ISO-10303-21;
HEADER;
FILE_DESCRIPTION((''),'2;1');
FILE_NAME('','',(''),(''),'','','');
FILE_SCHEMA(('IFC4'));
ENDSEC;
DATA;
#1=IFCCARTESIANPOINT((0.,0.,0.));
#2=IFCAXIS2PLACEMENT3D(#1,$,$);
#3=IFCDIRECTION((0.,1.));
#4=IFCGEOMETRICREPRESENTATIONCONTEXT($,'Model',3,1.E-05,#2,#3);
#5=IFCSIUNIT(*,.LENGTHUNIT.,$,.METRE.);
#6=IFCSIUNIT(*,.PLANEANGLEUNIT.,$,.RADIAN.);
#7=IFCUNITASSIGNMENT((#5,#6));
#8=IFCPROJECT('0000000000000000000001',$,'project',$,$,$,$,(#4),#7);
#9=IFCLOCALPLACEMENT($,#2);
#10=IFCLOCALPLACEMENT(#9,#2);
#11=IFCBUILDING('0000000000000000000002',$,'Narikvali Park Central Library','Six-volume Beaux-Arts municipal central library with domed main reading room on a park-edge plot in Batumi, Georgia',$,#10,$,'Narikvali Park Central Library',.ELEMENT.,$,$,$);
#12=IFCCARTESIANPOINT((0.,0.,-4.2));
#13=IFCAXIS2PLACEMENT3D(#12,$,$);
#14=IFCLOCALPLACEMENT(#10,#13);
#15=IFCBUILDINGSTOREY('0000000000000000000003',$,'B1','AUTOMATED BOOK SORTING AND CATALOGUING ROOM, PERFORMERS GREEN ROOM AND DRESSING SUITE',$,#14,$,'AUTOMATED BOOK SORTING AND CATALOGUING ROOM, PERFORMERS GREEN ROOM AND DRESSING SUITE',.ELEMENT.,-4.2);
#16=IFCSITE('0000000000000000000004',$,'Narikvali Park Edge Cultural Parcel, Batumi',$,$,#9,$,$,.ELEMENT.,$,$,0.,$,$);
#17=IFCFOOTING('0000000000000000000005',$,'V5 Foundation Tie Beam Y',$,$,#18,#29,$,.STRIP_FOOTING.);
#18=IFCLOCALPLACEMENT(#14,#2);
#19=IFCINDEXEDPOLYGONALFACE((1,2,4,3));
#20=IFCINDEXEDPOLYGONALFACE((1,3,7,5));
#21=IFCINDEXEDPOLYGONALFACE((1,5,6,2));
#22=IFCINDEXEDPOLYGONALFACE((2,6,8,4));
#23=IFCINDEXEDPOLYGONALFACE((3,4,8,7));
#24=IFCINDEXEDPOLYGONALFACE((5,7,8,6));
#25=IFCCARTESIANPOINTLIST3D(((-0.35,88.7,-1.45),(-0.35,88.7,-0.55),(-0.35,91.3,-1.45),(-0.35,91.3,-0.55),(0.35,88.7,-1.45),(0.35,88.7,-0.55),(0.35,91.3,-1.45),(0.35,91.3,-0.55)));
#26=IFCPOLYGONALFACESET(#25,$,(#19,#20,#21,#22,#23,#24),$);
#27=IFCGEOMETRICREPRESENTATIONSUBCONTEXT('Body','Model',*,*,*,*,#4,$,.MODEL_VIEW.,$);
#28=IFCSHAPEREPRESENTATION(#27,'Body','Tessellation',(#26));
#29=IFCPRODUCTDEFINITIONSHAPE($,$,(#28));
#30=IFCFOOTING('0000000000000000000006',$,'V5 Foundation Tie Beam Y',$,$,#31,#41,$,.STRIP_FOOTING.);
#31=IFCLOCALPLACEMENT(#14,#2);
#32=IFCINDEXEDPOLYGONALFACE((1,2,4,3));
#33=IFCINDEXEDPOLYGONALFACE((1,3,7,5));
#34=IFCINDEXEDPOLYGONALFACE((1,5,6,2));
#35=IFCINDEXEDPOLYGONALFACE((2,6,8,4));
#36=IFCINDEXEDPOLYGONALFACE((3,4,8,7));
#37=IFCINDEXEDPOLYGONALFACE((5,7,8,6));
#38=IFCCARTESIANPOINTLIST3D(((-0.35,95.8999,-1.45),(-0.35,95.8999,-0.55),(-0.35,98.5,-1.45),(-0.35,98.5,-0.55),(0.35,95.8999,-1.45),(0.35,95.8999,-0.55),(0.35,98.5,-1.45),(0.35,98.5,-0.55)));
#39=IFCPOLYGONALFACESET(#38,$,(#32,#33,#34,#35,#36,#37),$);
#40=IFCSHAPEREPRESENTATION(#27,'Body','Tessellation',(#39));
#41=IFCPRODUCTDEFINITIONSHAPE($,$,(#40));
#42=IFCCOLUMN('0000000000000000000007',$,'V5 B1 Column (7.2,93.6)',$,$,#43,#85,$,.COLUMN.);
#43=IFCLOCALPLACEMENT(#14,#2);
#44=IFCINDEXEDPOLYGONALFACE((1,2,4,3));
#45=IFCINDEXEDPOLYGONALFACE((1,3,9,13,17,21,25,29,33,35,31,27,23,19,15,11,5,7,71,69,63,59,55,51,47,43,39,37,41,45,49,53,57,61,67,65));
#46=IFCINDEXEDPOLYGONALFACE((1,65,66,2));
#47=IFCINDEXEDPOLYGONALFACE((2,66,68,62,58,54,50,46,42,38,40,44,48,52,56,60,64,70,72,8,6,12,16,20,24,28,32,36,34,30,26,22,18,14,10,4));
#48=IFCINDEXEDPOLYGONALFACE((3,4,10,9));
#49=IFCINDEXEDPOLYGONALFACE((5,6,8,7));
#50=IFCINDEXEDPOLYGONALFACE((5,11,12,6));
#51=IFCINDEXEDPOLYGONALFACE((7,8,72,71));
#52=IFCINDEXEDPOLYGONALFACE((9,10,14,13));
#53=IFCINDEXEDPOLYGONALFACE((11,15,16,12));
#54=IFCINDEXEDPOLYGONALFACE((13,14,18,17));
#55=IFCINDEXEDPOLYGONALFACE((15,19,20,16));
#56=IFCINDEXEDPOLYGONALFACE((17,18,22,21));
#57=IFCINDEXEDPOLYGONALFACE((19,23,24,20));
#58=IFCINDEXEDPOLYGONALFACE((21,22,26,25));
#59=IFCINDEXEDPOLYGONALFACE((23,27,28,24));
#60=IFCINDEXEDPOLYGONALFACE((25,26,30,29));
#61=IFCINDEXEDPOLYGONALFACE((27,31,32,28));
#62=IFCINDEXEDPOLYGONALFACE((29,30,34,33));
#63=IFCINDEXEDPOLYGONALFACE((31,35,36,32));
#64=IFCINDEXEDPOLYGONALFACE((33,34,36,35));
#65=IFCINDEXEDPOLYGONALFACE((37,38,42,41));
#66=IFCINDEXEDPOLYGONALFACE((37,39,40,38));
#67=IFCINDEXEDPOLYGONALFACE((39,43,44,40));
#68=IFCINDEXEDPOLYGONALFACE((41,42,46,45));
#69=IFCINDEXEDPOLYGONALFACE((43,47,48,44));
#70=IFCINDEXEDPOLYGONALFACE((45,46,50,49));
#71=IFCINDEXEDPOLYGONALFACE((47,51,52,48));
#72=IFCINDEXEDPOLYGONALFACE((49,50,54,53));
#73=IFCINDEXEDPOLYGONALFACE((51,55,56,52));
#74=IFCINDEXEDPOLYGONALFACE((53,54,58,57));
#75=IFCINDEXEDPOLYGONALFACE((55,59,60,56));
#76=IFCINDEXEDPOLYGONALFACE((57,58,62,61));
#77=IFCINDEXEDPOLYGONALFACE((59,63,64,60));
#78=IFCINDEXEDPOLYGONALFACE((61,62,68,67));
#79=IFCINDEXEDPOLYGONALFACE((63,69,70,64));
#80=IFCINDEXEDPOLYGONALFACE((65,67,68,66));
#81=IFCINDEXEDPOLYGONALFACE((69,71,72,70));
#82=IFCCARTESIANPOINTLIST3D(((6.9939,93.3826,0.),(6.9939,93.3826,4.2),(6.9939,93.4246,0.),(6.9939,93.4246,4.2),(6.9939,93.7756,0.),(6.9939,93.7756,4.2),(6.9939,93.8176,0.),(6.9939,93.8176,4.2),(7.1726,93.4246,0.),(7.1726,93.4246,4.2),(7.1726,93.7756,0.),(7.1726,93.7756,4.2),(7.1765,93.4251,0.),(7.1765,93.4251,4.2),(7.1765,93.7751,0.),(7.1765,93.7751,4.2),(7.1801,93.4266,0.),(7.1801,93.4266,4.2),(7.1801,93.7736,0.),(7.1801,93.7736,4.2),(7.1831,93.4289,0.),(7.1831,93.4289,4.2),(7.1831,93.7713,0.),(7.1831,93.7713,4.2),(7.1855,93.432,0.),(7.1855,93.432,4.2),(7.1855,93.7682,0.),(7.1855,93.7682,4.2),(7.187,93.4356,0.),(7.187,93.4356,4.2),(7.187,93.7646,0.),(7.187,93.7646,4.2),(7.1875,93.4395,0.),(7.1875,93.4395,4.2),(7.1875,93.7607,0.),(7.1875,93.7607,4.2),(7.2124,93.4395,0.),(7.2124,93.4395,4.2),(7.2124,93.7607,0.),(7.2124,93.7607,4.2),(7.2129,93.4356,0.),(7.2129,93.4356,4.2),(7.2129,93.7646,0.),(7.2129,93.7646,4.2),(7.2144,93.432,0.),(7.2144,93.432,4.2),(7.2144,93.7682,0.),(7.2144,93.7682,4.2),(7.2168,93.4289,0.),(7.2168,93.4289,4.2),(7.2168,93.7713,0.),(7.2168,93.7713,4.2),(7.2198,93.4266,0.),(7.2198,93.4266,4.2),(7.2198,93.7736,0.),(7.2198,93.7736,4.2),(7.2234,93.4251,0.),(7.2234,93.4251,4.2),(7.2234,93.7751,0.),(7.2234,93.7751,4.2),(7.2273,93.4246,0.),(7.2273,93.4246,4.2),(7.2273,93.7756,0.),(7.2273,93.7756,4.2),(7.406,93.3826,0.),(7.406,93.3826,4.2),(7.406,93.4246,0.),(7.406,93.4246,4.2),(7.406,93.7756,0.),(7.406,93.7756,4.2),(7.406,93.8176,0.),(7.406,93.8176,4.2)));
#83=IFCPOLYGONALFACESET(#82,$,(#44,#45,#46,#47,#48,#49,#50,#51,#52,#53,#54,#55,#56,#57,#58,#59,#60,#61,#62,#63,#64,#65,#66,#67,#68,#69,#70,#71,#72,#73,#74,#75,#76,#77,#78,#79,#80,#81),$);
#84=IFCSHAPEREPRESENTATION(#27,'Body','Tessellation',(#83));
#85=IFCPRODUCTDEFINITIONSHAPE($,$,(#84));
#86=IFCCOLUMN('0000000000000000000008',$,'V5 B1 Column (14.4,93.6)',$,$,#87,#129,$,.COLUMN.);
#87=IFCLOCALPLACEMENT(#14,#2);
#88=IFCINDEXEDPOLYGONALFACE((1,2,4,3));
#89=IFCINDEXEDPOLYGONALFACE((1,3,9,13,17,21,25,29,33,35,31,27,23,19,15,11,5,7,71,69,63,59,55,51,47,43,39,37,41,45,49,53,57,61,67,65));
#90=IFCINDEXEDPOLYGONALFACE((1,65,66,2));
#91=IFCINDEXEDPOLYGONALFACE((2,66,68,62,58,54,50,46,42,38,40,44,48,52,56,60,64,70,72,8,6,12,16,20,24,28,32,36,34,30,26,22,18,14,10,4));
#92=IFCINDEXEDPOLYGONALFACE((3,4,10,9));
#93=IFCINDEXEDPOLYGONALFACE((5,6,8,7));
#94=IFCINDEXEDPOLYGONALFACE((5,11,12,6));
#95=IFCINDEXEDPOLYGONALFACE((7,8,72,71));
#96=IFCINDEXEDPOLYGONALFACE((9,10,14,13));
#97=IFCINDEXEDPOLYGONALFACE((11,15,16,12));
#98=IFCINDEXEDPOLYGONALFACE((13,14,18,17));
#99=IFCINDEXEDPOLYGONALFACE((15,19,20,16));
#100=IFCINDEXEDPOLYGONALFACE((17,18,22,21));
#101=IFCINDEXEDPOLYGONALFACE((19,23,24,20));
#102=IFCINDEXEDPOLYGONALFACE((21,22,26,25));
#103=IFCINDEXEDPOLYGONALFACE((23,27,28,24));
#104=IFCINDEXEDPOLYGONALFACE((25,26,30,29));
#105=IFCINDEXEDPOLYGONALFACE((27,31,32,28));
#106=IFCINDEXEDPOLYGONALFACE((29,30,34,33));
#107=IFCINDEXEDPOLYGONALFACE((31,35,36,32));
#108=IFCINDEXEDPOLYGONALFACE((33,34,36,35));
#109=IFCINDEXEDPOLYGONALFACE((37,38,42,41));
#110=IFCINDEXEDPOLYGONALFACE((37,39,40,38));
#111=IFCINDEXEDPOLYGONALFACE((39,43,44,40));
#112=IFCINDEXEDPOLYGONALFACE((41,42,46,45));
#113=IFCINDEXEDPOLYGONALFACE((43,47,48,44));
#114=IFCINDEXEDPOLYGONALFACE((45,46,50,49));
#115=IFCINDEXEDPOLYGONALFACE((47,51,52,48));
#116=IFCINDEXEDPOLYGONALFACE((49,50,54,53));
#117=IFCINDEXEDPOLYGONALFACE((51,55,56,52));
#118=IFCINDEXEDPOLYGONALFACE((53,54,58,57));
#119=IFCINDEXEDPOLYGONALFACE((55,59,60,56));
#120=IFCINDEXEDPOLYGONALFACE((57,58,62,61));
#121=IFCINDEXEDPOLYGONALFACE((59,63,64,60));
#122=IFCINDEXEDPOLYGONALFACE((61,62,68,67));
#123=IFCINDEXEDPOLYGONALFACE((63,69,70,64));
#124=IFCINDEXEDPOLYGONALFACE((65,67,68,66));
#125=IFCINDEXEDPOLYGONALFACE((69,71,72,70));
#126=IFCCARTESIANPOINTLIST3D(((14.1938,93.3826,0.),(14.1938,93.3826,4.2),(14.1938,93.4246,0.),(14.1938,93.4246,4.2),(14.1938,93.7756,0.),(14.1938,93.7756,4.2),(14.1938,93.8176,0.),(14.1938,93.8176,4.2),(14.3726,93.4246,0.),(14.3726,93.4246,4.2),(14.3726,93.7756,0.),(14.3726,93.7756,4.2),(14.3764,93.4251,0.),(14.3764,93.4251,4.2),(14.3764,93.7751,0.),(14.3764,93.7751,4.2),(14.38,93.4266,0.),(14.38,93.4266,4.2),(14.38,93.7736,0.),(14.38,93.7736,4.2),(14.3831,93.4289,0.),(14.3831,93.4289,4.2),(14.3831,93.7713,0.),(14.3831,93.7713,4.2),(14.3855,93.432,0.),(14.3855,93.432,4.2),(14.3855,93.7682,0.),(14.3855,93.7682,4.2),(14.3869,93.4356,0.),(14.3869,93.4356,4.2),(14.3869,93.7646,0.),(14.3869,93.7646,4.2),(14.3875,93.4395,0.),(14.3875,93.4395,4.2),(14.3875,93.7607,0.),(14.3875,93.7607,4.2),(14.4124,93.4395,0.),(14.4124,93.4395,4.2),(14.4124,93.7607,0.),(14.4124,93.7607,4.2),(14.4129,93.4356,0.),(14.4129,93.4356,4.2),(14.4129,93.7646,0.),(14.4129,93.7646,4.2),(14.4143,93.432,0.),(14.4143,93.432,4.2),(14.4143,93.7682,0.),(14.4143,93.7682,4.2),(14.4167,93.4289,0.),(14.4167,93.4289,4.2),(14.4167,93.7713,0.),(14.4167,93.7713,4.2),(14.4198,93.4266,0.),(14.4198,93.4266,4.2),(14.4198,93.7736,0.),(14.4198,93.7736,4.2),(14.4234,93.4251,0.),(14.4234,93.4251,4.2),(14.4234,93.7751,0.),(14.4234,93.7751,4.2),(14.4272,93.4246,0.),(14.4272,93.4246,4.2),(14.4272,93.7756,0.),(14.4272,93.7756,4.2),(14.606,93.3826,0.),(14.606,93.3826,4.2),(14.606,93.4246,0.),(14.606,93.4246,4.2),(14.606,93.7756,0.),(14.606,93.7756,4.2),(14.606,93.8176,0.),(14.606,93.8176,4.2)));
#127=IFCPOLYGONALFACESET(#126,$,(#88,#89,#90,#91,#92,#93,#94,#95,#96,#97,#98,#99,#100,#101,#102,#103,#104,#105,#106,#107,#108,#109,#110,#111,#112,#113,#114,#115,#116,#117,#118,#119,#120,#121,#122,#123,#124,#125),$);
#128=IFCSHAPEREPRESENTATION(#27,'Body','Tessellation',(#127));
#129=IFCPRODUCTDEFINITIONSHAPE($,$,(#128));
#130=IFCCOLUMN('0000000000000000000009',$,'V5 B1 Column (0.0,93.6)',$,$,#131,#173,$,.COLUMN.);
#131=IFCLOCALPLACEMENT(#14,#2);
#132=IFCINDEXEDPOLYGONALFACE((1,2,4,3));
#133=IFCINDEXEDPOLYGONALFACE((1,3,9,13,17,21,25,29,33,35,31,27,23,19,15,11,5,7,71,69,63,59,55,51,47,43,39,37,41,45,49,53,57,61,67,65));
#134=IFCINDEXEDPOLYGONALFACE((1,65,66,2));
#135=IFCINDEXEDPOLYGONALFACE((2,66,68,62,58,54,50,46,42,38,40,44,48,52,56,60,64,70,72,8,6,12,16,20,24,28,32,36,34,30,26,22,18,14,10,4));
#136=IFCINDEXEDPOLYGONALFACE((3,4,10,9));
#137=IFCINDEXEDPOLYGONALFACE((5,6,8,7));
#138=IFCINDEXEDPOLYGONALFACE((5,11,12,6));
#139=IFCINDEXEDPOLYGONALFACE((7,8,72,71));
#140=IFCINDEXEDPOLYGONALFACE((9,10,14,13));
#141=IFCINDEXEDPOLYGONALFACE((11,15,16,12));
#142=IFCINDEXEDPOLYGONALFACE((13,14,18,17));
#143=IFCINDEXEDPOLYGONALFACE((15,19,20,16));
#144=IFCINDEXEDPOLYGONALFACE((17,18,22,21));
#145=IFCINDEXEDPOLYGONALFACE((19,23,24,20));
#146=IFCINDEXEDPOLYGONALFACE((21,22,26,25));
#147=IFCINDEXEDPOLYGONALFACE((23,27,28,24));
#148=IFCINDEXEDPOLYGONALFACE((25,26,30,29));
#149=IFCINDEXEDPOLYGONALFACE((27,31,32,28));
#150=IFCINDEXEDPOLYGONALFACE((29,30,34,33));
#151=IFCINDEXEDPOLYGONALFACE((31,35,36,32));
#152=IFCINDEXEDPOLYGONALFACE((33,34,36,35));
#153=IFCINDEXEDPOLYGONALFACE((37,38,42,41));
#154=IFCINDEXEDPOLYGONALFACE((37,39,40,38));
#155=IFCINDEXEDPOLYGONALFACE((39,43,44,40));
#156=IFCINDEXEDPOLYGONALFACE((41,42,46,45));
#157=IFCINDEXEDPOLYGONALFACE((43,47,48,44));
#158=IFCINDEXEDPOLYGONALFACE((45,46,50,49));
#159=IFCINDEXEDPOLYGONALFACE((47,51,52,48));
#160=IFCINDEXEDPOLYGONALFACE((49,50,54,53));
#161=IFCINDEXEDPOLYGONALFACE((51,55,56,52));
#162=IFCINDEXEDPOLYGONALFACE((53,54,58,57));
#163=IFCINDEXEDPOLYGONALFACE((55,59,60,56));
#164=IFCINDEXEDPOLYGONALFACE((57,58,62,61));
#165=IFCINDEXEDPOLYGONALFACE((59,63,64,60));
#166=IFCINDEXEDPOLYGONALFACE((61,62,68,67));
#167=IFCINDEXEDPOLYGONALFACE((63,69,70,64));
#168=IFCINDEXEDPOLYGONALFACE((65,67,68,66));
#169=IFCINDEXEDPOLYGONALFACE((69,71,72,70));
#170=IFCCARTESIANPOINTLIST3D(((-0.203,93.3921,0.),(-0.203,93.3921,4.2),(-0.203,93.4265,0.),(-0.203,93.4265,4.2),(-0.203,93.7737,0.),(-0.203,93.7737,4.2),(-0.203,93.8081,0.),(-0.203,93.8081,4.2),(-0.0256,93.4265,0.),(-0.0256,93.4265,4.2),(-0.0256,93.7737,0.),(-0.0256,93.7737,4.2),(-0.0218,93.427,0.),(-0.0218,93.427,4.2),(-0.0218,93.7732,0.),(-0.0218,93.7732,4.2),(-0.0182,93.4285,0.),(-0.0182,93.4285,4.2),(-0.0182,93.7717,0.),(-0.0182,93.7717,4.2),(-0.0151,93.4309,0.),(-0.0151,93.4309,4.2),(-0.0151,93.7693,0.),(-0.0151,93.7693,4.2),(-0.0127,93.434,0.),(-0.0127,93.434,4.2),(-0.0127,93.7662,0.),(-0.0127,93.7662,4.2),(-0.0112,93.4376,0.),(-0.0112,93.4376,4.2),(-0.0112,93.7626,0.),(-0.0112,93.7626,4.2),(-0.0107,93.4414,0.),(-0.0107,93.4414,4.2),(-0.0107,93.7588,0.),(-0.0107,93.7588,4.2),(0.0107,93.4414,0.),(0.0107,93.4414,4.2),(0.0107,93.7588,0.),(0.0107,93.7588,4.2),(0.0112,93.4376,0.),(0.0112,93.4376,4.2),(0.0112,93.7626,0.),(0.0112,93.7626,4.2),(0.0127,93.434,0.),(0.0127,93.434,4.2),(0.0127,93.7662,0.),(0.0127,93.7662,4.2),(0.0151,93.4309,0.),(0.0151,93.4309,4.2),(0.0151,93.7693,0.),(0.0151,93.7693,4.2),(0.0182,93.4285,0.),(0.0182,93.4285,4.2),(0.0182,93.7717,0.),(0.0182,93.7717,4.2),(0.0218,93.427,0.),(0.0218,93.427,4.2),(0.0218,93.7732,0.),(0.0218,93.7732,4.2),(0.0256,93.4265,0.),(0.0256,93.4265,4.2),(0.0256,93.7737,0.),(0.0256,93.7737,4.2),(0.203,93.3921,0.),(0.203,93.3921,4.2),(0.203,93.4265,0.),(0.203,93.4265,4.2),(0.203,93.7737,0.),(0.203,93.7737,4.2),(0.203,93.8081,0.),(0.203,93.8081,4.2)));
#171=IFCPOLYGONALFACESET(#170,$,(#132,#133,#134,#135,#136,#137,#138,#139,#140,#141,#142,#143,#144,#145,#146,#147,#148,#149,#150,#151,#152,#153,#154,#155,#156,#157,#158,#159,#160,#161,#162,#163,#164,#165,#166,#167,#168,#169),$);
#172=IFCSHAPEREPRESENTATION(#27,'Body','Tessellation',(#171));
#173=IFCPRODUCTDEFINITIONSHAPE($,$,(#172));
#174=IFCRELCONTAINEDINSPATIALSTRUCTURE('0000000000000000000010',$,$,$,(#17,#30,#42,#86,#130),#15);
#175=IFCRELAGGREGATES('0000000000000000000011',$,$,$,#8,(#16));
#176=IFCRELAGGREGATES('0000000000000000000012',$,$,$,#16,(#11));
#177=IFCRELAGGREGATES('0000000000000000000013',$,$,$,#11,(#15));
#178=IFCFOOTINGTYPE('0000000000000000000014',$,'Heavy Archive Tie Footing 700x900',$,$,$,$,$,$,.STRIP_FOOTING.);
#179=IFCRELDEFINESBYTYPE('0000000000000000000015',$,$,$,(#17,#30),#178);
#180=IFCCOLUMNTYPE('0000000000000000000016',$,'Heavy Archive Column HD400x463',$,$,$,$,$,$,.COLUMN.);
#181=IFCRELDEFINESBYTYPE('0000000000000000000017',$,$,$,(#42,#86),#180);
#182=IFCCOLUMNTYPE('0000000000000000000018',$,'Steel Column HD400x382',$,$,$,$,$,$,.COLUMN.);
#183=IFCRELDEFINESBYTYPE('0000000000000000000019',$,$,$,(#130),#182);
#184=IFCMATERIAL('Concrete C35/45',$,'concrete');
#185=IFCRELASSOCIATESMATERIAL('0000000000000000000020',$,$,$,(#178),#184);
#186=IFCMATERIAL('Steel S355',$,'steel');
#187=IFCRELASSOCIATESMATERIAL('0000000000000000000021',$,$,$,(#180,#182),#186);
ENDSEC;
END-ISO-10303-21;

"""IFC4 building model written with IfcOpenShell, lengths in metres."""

from ifc_helpers import new_model, si_unit, direction, frame, origin, origin_2d, place, context, subcontext, project, spatial, rectangle, i_section, extrude, material, material_profile, profile_set, type_object, element, save


model = new_model("IFC4")

# Units and contexts
model_context = context("Model", 3, precision=1e-05, world=origin(), true_north=direction((0.0, 1.0)))
body_context = subcontext(model_context, "Body", "Model", "MODEL_VIEW")
ifc_project = project(units=[si_unit("LENGTHUNIT", "METRE"), si_unit("PLANEANGLEUNIT", "RADIAN")], contexts=[model_context])

# Site, building, storey
site_placement = place(None, origin())
site = spatial("IfcSite", under=ifc_project, at=site_placement, Name="Narikvali Park Edge Cultural Parcel, Batumi", CompositionType="ELEMENT", RefElevation=0.0)
building_placement = place(site_placement, origin())
building = spatial("IfcBuilding", under=site, at=building_placement, Name="Narikvali Park Central Library", Description="Six-volume Beaux-Arts municipal central library with domed main reading room on a park-edge plot in Batumi, Georgia", LongName="Narikvali Park Central Library", CompositionType="ELEMENT")
storey_placement = place(building_placement, frame((0.0, 0.0, -4.2)))
storey = spatial("IfcBuildingStorey", under=building, at=storey_placement, Name="B1", Description="AUTOMATED BOOK SORTING AND CATALOGUING ROOM, PERFORMERS GREEN ROOM AND DRESSING SUITE", LongName="AUTOMATED BOOK SORTING AND CATALOGUING ROOM, PERFORMERS GREEN ROOM AND DRESSING SUITE", CompositionType="ELEMENT", Elevation=-4.2)

# Shared definitions
ifc_material_1 = material(Name="Concrete C35/45", Category="concrete")

# Footings
ifc_material_profile_1 = material_profile(ifc_material_1, rectangle(XDim=0.7, YDim=0.8999, at=origin_2d()), Name="RC GB 700x900")
ifc_profile_set_1 = profile_set([ifc_material_profile_1], Name="Concrete C35/45")
footing_type_1 = type_object("IfcFootingType", Name="Heavy Archive Tie Footing 700x900", PredefinedType="STRIP_FOOTING", material=ifc_profile_set_1)
for number, where, z_axis, x_axis, name in (
    (1, (0.0, 88.7, -1.0), (0.0, 1.0, 0.0), (-1.0, 0.0, 0.0), "V5 Foundation Tie Beam Y"),
    (2, (0.0, 95.8999, -1.0), (0.0, 1.0, 0.0), (-1.0, 0.0, 0.0), "V5 Foundation Tie Beam Y"),
):
    element("IfcFooting", number, at=place(storey_placement, frame(where, z_axis=z_axis, x_axis=x_axis)), inside=storey, type_object=footing_type_1, Name=name, PredefinedType="STRIP_FOOTING", context=body_context, shape_type="SweptSolid", body=[
        extrude(rectangle(XDim=0.7, YDim=0.8999, at=origin_2d()), origin(), (0.0, 0.0, 1.0), 2.6001),
    ])

# Columns
ifc_material_2 = material(Name="Steel S355", Category="steel")
ifc_material_profile_2 = material_profile(ifc_material_2, i_section(OverallWidth=0.4121, OverallDepth=0.4351, WebThickness=0.0249, FlangeThickness=0.042, FilletRadius=0.0149, at=origin_2d()), Name="HD 400x463")
ifc_profile_set_2 = profile_set([ifc_material_profile_2], Name="Steel S355")
column_type_1 = type_object("IfcColumnType", Name="Heavy Archive Column HD400x463", PredefinedType="COLUMN", material=ifc_profile_set_2)
for number, where, z_axis, x_axis, name in (
    (3, (7.2, 93.6001, 0.0), (0.0, 0.0, 1.0), (1.0, 0.0, 0.0), "V5 B1 Column (7.2,93.6)"),
    (4, (14.3999, 93.6001, 0.0), (0.0, 0.0, 1.0), (1.0, 0.0, 0.0), "V5 B1 Column (14.4,93.6)"),
):
    element("IfcColumn", number, at=place(storey_placement, frame(where, z_axis=z_axis, x_axis=x_axis)), inside=storey, type_object=column_type_1, Name=name, PredefinedType="COLUMN", context=body_context, shape_type="SweptSolid", body=[
        extrude(i_section(OverallWidth=0.4121, OverallDepth=0.4351, WebThickness=0.0249, FlangeThickness=0.042, FilletRadius=0.0149, at=origin_2d()), origin(), (0.0, 0.0, 1.0), 4.2),
    ])
ifc_material_profile_3 = material_profile(ifc_material_2, i_section(OverallWidth=0.406, OverallDepth=0.416, WebThickness=0.0215, FlangeThickness=0.0344, FilletRadius=0.0149, at=origin_2d()), Name="HD 400x382")
ifc_profile_set_3 = profile_set([ifc_material_profile_3], Name="Steel S355")
column_type_2 = type_object("IfcColumnType", Name="Steel Column HD400x382", PredefinedType="COLUMN", material=ifc_profile_set_3)
column_placement = place(storey_placement, frame((0.0, 93.6001, 0.0), z_axis=(0.0, 0.0, 1.0), x_axis=(1.0, 0.0, 0.0)))
element("IfcColumn", 5, at=column_placement, inside=storey, type_object=column_type_2, Name="V5 B1 Column (0.0,93.6)", PredefinedType="COLUMN", context=body_context, shape_type="SweptSolid", body=[
    extrude(i_section(OverallWidth=0.406, OverallDepth=0.416, WebThickness=0.0215, FlangeThickness=0.0344, FilletRadius=0.0149, at=origin_2d()), origin(), (0.0, 0.0, 1.0), 4.2),
])

save(model, "model.ifc")
